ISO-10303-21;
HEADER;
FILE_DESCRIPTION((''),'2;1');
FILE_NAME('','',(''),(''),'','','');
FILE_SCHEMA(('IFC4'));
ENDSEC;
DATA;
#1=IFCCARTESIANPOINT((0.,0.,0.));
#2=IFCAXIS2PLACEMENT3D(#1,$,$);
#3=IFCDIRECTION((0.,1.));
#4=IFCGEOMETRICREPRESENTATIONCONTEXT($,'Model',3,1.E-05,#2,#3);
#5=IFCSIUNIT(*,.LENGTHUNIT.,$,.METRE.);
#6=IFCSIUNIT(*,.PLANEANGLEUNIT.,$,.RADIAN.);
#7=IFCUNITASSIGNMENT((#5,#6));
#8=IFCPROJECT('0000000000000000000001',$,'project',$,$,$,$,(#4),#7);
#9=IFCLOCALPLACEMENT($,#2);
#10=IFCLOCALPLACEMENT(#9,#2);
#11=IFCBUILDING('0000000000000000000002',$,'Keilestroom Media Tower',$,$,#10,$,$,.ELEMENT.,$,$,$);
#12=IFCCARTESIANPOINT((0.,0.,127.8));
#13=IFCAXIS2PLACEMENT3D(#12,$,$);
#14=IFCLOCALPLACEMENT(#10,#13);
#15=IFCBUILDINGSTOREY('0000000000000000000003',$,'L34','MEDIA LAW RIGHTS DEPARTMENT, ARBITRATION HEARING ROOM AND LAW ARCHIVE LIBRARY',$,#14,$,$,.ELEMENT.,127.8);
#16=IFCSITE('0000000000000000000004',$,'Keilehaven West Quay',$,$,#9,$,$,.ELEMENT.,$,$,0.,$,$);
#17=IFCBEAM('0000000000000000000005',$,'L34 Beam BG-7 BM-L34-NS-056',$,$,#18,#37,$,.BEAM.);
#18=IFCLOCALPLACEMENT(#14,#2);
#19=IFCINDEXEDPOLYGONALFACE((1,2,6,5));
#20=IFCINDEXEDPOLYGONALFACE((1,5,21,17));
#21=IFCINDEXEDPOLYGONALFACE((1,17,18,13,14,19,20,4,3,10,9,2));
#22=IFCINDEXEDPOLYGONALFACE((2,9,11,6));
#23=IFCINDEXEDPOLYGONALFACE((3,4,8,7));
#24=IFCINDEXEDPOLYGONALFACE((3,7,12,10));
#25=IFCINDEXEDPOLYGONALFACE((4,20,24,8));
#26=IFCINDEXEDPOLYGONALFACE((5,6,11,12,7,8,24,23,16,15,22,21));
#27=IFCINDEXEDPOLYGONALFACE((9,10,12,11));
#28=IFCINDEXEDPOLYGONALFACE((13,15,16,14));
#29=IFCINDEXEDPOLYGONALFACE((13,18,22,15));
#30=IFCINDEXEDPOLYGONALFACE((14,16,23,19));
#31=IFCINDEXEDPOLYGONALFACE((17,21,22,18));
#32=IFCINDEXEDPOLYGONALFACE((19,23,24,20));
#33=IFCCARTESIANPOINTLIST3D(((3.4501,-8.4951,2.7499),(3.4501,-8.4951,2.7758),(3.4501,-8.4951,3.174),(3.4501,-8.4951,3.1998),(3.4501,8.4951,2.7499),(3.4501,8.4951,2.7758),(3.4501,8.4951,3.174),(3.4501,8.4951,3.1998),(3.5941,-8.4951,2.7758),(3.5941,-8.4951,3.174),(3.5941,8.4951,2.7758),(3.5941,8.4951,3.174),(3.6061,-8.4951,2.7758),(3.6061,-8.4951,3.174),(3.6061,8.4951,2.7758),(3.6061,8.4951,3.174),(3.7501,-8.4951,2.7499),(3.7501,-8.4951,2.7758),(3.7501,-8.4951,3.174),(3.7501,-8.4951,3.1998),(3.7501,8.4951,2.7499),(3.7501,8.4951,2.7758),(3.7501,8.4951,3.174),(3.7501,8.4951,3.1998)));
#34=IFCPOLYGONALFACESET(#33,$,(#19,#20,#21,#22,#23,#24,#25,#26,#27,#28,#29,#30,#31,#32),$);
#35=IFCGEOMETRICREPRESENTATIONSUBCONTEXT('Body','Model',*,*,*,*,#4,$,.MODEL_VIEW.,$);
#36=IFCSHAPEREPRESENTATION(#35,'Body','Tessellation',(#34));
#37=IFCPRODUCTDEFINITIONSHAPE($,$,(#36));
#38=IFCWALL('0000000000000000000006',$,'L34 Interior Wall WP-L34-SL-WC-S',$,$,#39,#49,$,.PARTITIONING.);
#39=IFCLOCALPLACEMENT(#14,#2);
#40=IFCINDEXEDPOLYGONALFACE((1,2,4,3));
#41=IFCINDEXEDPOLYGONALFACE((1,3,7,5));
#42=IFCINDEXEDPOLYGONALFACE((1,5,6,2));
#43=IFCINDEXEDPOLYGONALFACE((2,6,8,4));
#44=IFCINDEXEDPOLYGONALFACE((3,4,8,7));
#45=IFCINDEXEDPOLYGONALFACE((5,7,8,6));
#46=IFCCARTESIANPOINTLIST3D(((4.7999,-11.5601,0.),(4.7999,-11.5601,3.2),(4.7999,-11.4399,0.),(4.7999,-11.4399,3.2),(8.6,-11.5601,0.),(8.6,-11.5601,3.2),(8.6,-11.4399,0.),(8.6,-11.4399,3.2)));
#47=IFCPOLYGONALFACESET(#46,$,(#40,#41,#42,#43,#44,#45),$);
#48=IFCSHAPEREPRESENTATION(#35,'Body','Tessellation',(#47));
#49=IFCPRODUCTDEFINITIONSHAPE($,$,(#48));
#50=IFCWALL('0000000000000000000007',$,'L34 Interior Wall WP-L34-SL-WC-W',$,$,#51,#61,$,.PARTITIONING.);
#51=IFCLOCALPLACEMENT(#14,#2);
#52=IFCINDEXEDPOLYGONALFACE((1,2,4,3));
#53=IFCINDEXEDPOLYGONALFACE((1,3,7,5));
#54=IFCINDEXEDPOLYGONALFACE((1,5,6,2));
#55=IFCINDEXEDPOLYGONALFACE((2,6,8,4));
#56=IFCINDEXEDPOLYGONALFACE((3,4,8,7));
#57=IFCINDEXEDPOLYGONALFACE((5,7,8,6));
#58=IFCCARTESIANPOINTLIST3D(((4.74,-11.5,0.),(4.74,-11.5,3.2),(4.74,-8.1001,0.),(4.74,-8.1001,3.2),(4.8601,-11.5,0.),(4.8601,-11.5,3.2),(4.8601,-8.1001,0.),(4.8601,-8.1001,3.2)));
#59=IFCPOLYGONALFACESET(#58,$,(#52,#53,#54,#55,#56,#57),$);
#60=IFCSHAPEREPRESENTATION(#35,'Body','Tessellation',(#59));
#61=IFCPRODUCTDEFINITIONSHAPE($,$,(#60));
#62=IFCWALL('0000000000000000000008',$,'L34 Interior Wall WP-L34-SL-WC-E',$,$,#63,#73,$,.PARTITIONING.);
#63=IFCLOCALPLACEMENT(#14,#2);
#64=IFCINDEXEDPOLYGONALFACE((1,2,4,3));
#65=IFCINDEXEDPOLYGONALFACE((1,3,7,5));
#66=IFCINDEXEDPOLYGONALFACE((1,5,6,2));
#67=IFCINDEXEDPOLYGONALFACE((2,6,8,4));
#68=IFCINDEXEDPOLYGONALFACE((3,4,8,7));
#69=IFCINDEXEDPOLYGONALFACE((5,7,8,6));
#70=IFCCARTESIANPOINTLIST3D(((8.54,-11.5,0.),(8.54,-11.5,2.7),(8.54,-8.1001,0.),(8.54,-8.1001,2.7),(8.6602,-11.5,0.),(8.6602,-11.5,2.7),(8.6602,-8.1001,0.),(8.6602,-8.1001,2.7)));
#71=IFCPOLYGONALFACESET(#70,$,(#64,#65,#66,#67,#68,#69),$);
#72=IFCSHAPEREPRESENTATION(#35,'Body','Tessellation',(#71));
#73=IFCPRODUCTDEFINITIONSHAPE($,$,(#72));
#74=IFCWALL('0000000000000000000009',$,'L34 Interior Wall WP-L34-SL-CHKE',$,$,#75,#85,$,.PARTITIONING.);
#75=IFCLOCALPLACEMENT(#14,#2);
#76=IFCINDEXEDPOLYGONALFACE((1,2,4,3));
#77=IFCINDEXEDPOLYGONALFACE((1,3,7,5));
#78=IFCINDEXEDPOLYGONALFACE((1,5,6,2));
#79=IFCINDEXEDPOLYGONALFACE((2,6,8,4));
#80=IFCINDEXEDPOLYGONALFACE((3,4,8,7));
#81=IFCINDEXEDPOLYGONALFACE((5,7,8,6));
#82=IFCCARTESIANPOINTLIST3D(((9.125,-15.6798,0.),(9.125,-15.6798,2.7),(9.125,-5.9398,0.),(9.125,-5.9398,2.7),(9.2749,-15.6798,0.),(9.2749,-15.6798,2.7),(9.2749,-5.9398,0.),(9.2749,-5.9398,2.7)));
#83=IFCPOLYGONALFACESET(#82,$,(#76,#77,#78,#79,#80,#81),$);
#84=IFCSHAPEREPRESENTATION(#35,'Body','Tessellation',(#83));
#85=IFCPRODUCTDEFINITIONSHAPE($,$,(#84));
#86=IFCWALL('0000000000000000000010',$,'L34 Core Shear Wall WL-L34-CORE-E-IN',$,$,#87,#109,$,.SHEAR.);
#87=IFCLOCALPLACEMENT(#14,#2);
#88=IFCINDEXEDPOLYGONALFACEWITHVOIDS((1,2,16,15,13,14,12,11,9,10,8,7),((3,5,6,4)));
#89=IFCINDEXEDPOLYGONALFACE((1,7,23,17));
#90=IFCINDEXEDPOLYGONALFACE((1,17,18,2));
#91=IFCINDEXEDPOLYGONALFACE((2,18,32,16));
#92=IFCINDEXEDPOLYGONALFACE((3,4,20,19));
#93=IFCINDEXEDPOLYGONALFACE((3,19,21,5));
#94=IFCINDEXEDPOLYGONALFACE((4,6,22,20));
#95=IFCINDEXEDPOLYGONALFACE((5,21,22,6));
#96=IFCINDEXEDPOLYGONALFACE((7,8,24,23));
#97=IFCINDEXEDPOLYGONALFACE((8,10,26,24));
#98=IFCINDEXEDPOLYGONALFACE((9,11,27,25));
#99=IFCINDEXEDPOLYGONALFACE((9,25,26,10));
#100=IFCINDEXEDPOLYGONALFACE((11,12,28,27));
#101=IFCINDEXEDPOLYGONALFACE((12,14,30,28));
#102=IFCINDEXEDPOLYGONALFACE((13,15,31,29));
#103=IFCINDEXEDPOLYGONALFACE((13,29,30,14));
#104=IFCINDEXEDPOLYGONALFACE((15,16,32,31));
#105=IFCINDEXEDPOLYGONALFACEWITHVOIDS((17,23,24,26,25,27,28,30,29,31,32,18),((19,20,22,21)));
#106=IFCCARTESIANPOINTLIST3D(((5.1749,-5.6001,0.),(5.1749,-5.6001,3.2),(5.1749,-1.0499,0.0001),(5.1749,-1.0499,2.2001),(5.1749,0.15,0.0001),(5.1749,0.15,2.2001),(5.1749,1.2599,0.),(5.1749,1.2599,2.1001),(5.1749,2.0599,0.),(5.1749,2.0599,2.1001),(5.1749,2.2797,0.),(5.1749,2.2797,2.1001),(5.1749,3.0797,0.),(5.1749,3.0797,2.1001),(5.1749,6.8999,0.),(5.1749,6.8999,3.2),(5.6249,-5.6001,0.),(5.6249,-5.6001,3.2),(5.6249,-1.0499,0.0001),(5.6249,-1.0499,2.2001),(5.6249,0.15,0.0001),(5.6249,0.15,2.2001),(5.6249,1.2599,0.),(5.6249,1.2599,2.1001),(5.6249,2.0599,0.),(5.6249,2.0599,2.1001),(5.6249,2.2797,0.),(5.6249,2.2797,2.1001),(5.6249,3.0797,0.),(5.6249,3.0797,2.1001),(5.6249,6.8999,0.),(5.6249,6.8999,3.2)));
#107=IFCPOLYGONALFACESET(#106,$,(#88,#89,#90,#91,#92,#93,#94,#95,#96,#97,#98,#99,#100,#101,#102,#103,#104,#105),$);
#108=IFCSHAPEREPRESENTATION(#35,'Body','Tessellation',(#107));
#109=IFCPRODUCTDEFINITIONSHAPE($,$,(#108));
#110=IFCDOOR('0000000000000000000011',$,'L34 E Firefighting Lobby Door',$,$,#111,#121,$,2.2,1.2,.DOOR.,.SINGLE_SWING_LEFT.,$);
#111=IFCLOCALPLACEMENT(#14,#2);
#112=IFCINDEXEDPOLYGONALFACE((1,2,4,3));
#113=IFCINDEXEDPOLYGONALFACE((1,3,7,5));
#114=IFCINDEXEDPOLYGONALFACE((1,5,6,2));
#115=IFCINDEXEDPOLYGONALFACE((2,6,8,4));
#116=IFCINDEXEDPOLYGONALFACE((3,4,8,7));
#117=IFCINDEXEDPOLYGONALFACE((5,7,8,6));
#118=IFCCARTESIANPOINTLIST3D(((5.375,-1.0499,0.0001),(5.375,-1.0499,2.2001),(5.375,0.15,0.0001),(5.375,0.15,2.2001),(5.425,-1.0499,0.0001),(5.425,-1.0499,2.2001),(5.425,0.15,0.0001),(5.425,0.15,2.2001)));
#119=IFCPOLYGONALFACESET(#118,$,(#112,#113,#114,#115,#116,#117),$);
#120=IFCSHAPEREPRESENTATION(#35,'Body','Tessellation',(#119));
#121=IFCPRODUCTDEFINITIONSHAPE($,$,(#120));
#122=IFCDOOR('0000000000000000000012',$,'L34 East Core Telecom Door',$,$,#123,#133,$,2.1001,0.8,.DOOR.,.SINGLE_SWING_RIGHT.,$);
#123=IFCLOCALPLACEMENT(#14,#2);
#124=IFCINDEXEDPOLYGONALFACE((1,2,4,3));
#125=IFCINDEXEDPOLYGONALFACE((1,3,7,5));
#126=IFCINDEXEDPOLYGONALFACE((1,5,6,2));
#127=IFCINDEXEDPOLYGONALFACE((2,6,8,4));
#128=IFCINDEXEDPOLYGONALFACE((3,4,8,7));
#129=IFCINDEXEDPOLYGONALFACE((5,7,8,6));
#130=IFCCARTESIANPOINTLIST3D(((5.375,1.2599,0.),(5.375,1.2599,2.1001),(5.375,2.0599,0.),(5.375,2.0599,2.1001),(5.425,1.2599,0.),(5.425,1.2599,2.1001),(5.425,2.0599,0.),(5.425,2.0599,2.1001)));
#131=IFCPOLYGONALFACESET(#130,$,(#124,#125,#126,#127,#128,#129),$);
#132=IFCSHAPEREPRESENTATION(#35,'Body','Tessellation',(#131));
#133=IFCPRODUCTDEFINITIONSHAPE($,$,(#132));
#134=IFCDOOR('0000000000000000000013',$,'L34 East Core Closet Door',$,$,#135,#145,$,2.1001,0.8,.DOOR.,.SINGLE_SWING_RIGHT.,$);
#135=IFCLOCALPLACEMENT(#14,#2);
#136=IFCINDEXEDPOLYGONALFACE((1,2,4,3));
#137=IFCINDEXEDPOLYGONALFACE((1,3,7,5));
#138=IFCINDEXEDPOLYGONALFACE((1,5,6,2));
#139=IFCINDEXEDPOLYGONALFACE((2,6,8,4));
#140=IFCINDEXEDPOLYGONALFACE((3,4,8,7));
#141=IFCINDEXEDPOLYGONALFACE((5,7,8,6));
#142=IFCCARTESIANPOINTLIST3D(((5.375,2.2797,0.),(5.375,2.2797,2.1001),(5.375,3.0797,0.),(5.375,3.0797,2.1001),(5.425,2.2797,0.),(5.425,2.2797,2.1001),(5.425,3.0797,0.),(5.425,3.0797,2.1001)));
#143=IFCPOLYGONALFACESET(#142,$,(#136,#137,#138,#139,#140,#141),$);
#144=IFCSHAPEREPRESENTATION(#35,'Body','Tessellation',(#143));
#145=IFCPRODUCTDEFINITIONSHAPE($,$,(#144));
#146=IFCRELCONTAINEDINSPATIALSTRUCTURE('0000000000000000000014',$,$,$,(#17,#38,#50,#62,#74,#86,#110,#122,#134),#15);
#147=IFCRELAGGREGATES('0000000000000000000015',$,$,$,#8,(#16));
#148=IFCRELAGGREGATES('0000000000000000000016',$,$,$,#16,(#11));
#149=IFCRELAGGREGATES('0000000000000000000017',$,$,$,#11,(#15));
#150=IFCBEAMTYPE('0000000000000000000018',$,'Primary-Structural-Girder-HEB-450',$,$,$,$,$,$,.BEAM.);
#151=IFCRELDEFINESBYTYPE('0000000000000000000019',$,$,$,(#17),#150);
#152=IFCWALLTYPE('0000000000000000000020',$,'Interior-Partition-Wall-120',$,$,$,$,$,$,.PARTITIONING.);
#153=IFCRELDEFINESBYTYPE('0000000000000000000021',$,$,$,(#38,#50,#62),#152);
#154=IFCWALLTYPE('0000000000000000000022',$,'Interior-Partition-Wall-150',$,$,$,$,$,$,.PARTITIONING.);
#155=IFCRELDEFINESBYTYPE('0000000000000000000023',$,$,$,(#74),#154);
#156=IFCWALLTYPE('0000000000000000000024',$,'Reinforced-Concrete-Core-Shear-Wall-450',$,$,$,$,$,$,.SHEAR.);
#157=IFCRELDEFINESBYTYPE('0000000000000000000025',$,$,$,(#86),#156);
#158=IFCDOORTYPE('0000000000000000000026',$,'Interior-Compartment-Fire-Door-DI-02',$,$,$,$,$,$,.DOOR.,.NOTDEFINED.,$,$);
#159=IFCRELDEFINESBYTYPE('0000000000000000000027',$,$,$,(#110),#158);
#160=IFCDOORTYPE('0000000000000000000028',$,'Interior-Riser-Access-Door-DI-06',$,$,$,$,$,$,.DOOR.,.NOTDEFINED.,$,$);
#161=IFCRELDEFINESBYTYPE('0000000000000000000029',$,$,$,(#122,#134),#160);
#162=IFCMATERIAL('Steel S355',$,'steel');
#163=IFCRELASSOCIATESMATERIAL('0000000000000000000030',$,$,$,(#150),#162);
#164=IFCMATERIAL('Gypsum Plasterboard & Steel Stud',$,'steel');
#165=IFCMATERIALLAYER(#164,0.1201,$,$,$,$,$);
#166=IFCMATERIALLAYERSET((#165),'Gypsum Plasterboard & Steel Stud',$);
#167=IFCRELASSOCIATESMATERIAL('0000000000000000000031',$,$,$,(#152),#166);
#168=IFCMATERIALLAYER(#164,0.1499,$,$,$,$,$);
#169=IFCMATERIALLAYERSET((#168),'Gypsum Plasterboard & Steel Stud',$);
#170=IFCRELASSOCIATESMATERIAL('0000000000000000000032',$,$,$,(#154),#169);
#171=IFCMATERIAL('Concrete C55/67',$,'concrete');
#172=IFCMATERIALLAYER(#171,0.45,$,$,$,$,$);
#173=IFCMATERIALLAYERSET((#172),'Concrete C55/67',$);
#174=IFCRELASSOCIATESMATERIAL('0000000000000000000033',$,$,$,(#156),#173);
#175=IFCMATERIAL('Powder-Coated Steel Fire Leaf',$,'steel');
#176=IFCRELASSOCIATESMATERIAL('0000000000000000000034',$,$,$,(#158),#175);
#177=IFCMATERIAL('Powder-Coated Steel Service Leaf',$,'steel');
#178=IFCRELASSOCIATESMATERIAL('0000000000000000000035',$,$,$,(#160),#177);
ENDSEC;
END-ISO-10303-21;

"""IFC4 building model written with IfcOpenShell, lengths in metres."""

from ifc_helpers import new_model, si_unit, direction, frame, frame_2d, origin, origin_2d, place, context, subcontext, project, spatial, rectangle, i_section, extrude, source, transform, mapped, material, layer, layer_set, material_profile, profile_set, type_object, element, fill, save


model = new_model("IFC4")

# Units and contexts
model_context = context("Model", 3, precision=1e-05, world=origin(), true_north=direction((0.0, 1.0)))
body_context = subcontext(model_context, "Body", "Model", "MODEL_VIEW")
ifc_project = project(units=[si_unit("LENGTHUNIT", "METRE"), si_unit("PLANEANGLEUNIT", "RADIAN")], contexts=[model_context])

# Site, building, storey
site_placement = place(None, origin())
site = spatial("IfcSite", under=ifc_project, at=site_placement, Name="Keilehaven West Quay", CompositionType="ELEMENT", RefElevation=0.0)
building_placement = place(site_placement, origin())
building = spatial("IfcBuilding", under=site, at=building_placement, Name="Keilestroom Media Tower", CompositionType="ELEMENT")
storey_placement = place(building_placement, frame((0.0, 0.0, 127.8)))
storey = spatial("IfcBuildingStorey", under=building, at=storey_placement, Name="L34", Description="MEDIA LAW RIGHTS DEPARTMENT, ARBITRATION HEARING ROOM AND LAW ARCHIVE LIBRARY", CompositionType="ELEMENT", Elevation=127.8)

# Shared definitions
ifc_material_1 = material(Name="Steel S355", Category="steel")
ifc_material_2 = material(Name="Concrete C55/67", Category="concrete")

# Beam
ifc_material_profile_1 = material_profile(ifc_material_1, i_section(OverallWidth=0.3, OverallDepth=0.45, WebThickness=0.012, FlangeThickness=0.0259, at=origin_2d()), Name="HEB 450")
ifc_profile_set_1 = profile_set([ifc_material_profile_1], Name="Steel S355")
beam_type_1 = type_object("IfcBeamType", Name="Primary-Structural-Girder-HEB-450", PredefinedType="BEAM", material=ifc_profile_set_1)
shared_shape_1 = source(origin(), body_context, "Body", "SweptSolid", [
    extrude(i_section(OverallWidth=0.3, OverallDepth=0.45, WebThickness=0.012, FlangeThickness=0.0259, at=origin_2d()), origin(), (0.0, 0.0, 1.0), 16.9902),
])
beam_1_placement = place(storey_placement, frame((3.6001, -8.4951, 2.9749), z_axis=(0.0, 1.0, 0.0), x_axis=(-1.0, 0.0, 0.0)))
element("IfcBeam", 1, at=beam_1_placement, inside=storey, type_object=beam_type_1, Name="L34 Beam BG-7 BM-L34-NS-056", PredefinedType="BEAM", context=body_context, shape_type="MappedRepresentation", body=[
    mapped(shared_shape_1, transform((0.0, 0.0, 0.0), x_axis=(1.0, 0.0, 0.0), y_axis=(0.0, 1.0, 0.0), z_axis=(0.0, 0.0, 1.0), scale=1.0)),
])

# Walls
ifc_material_3 = material(Name="Gypsum Plasterboard & Steel Stud", Category="steel")
ifc_layer_1 = layer(ifc_material_3, 0.1201)
ifc_layer_set_1 = layer_set([ifc_layer_1], Name="Gypsum Plasterboard & Steel Stud")
wall_type_1 = type_object("IfcWallType", Name="Interior-Partition-Wall-120", PredefinedType="PARTITIONING", material=ifc_layer_set_1)
wall_1_placement = place(storey_placement, frame((4.8, -11.5, 0.0), z_axis=(0.0, 0.0, 1.0), x_axis=(1.0, 0.0, 0.0)))
element("IfcWall", 2, at=wall_1_placement, inside=storey, type_object=wall_type_1, Name="L34 Interior Wall WP-L34-SL-WC-S", PredefinedType="PARTITIONING", context=body_context, shape_type="SweptSolid", body=[
    extrude(rectangle(XDim=3.8, YDim=0.1201, at=frame_2d((1.8999, 0.0))), origin(), (0.0, 0.0, 1.0), 3.2),
])
wall_2_placement = place(storey_placement, frame((4.8, -11.5, 0.0), z_axis=(0.0, 0.0, 1.0), x_axis=(0.0, 1.0, 0.0)))
element("IfcWall", 3, at=wall_2_placement, inside=storey, type_object=wall_type_1, Name="L34 Interior Wall WP-L34-SL-WC-W", PredefinedType="PARTITIONING", context=body_context, shape_type="SweptSolid", body=[
    extrude(rectangle(XDim=3.3999, YDim=0.1201, at=frame_2d((1.7, 0.0))), origin(), (0.0, 0.0, 1.0), 3.2),
])
wall_3_placement = place(storey_placement, frame((8.6001, -11.5, 0.0), z_axis=(0.0, 0.0, 1.0), x_axis=(0.0, 1.0, 0.0)))
element("IfcWall", 4, at=wall_3_placement, inside=storey, type_object=wall_type_1, Name="L34 Interior Wall WP-L34-SL-WC-E", PredefinedType="PARTITIONING", context=body_context, shape_type="SweptSolid", body=[
    extrude(rectangle(XDim=3.3999, YDim=0.1201, at=frame_2d((1.7, 0.0))), origin(), (0.0, 0.0, 1.0), 2.7),
])
ifc_layer_2 = layer(ifc_material_3, 0.1499)
ifc_layer_set_2 = layer_set([ifc_layer_2], Name="Gypsum Plasterboard & Steel Stud")
wall_type_2 = type_object("IfcWallType", Name="Interior-Partition-Wall-150", PredefinedType="PARTITIONING", material=ifc_layer_set_2)
wall_4_placement = place(storey_placement, frame((9.2, -15.6799, 0.0), z_axis=(0.0, 0.0, 1.0), x_axis=(0.0, 1.0, 0.0)))
element("IfcWall", 5, at=wall_4_placement, inside=storey, type_object=wall_type_2, Name="L34 Interior Wall WP-L34-SL-CHKE", PredefinedType="PARTITIONING", context=body_context, shape_type="SweptSolid", body=[
    extrude(rectangle(XDim=9.74, YDim=0.1499, at=frame_2d((4.8701, 0.0))), origin(), (0.0, 0.0, 1.0), 2.7),
])

# Wall, openings, doors
ifc_layer_3 = layer(ifc_material_2, 0.45)
ifc_layer_set_3 = layer_set([ifc_layer_3], Name="Concrete C55/67")
wall_type_3 = type_object("IfcWallType", Name="Reinforced-Concrete-Core-Shear-Wall-450", PredefinedType="SHEAR", material=ifc_layer_set_3)
wall_5_placement = place(storey_placement, frame((5.3999, -5.6001, 0.0), z_axis=(0.0, 0.0, 1.0), x_axis=(0.0, 1.0, 0.0)))
wall_5 = element("IfcWall", 6, at=wall_5_placement, inside=storey, type_object=wall_type_3, Name="L34 Core Shear Wall WL-L34-CORE-E-IN", PredefinedType="SHEAR", context=body_context, shape_type="SweptSolid", body=[
    extrude(rectangle(XDim=12.5, YDim=0.45, at=frame_2d((6.25, 0.0))), origin(), (0.0, 0.0, 1.0), 3.2),
])
opening_1_placement = place(wall_5_placement, frame((4.55, 0.0, 0.0)))
opening_1 = element("IfcOpeningElement", 7, at=opening_1_placement, cuts=wall_5, PredefinedType="OPENING", context=body_context, shape_type="SweptSolid", body=[
    extrude(rectangle(XDim=1.2, YDim=2.2, at=frame_2d((0.6001, 1.1001))), frame((0.0, 0.2349, 0.0), z_axis=(0.0, -1.0, 0.0), x_axis=(1.0, 0.0, 0.0)), (0.0, 0.0, 1.0), 0.47),
])
opening_2_placement = place(wall_5_placement, frame((6.8601, 0.0, 0.0)))
opening_2 = element("IfcOpeningElement", 8, at=opening_2_placement, cuts=wall_5, PredefinedType="OPENING", context=body_context, shape_type="SweptSolid", body=[
    extrude(rectangle(XDim=0.8, YDim=2.1001, at=frame_2d((0.3999, 1.05))), frame((0.0, 0.2349, 0.0), z_axis=(0.0, -1.0, 0.0), x_axis=(1.0, 0.0, 0.0)), (0.0, 0.0, 1.0), 0.47),
])
opening_3_placement = place(wall_5_placement, frame((7.8799, 0.0, 0.0)))
opening_3 = element("IfcOpeningElement", 9, at=opening_3_placement, cuts=wall_5, PredefinedType="OPENING", context=body_context, shape_type="SweptSolid", body=[
    extrude(rectangle(XDim=0.8, YDim=2.1001, at=frame_2d((0.3999, 1.05))), frame((0.0, 0.2349, 0.0), z_axis=(0.0, -1.0, 0.0), x_axis=(1.0, 0.0, 0.0)), (0.0, 0.0, 1.0), 0.47),
])
ifc_material_4 = material(Name="Powder-Coated Steel Fire Leaf", Category="steel")
door_type_1 = type_object("IfcDoorType", Name="Interior-Compartment-Fire-Door-DI-02", OperationType="NOTDEFINED", PredefinedType="DOOR", material=ifc_material_4)
shared_shape_2 = source(origin(), body_context, "Body", "SweptSolid", [
    extrude(rectangle(XDim=1.2, YDim=2.2, at=frame_2d((0.6001, 1.1001))), frame((0.0, 0.0249, 0.0), z_axis=(0.0, -1.0, 0.0), x_axis=(1.0, 0.0, 0.0)), (0.0, 0.0, 1.0), 0.05),
])
door_1_placement = place(opening_1_placement, origin())
door_1 = element("IfcDoor", 10, at=door_1_placement, inside=storey, type_object=door_type_1, Name="L34 E Firefighting Lobby Door", OperationType="SINGLE_SWING_LEFT", OverallHeight=2.2, OverallWidth=1.2, PredefinedType="DOOR", context=body_context, shape_type="MappedRepresentation", body=[
    mapped(shared_shape_2, transform((0.0, 0.0, 0.0), x_axis=(1.0, 0.0, 0.0), y_axis=(0.0, 1.0, 0.0), z_axis=(0.0, 0.0, 1.0), scale=1.0)),
])
fill(opening_1, door_1)
ifc_material_5 = material(Name="Powder-Coated Steel Service Leaf", Category="steel")
door_type_2 = type_object("IfcDoorType", Name="Interior-Riser-Access-Door-DI-06", OperationType="NOTDEFINED", PredefinedType="DOOR", material=ifc_material_5)
shared_shape_3 = source(origin(), body_context, "Body", "SweptSolid", [
    extrude(rectangle(XDim=0.8, YDim=2.1001, at=frame_2d((0.3999, 1.05))), frame((0.0, 0.0249, 0.0), z_axis=(0.0, -1.0, 0.0), x_axis=(1.0, 0.0, 0.0)), (0.0, 0.0, 1.0), 0.05),
])
door_2_placement = place(opening_2_placement, origin())
door_2 = element("IfcDoor", 11, at=door_2_placement, inside=storey, type_object=door_type_2, Name="L34 East Core Telecom Door", OperationType="SINGLE_SWING_RIGHT", OverallHeight=2.1001, OverallWidth=0.8, PredefinedType="DOOR", context=body_context, shape_type="MappedRepresentation", body=[
    mapped(shared_shape_3, transform((0.0, 0.0, 0.0), x_axis=(1.0, 0.0, 0.0), y_axis=(0.0, 1.0, 0.0), z_axis=(0.0, 0.0, 1.0), scale=1.0)),
])
fill(opening_2, door_2)
door_3_placement = place(opening_3_placement, origin())
door_3 = element("IfcDoor", 12, at=door_3_placement, inside=storey, type_object=door_type_2, Name="L34 East Core Closet Door", OperationType="SINGLE_SWING_RIGHT", OverallHeight=2.1001, OverallWidth=0.8, PredefinedType="DOOR", context=body_context, shape_type="MappedRepresentation", body=[
    mapped(shared_shape_3, transform((0.0, 0.0, 0.0), x_axis=(1.0, 0.0, 0.0), y_axis=(0.0, 1.0, 0.0), z_axis=(0.0, 0.0, 1.0), scale=1.0)),
])
fill(opening_3, door_3)

save(model, "model.ifc")
